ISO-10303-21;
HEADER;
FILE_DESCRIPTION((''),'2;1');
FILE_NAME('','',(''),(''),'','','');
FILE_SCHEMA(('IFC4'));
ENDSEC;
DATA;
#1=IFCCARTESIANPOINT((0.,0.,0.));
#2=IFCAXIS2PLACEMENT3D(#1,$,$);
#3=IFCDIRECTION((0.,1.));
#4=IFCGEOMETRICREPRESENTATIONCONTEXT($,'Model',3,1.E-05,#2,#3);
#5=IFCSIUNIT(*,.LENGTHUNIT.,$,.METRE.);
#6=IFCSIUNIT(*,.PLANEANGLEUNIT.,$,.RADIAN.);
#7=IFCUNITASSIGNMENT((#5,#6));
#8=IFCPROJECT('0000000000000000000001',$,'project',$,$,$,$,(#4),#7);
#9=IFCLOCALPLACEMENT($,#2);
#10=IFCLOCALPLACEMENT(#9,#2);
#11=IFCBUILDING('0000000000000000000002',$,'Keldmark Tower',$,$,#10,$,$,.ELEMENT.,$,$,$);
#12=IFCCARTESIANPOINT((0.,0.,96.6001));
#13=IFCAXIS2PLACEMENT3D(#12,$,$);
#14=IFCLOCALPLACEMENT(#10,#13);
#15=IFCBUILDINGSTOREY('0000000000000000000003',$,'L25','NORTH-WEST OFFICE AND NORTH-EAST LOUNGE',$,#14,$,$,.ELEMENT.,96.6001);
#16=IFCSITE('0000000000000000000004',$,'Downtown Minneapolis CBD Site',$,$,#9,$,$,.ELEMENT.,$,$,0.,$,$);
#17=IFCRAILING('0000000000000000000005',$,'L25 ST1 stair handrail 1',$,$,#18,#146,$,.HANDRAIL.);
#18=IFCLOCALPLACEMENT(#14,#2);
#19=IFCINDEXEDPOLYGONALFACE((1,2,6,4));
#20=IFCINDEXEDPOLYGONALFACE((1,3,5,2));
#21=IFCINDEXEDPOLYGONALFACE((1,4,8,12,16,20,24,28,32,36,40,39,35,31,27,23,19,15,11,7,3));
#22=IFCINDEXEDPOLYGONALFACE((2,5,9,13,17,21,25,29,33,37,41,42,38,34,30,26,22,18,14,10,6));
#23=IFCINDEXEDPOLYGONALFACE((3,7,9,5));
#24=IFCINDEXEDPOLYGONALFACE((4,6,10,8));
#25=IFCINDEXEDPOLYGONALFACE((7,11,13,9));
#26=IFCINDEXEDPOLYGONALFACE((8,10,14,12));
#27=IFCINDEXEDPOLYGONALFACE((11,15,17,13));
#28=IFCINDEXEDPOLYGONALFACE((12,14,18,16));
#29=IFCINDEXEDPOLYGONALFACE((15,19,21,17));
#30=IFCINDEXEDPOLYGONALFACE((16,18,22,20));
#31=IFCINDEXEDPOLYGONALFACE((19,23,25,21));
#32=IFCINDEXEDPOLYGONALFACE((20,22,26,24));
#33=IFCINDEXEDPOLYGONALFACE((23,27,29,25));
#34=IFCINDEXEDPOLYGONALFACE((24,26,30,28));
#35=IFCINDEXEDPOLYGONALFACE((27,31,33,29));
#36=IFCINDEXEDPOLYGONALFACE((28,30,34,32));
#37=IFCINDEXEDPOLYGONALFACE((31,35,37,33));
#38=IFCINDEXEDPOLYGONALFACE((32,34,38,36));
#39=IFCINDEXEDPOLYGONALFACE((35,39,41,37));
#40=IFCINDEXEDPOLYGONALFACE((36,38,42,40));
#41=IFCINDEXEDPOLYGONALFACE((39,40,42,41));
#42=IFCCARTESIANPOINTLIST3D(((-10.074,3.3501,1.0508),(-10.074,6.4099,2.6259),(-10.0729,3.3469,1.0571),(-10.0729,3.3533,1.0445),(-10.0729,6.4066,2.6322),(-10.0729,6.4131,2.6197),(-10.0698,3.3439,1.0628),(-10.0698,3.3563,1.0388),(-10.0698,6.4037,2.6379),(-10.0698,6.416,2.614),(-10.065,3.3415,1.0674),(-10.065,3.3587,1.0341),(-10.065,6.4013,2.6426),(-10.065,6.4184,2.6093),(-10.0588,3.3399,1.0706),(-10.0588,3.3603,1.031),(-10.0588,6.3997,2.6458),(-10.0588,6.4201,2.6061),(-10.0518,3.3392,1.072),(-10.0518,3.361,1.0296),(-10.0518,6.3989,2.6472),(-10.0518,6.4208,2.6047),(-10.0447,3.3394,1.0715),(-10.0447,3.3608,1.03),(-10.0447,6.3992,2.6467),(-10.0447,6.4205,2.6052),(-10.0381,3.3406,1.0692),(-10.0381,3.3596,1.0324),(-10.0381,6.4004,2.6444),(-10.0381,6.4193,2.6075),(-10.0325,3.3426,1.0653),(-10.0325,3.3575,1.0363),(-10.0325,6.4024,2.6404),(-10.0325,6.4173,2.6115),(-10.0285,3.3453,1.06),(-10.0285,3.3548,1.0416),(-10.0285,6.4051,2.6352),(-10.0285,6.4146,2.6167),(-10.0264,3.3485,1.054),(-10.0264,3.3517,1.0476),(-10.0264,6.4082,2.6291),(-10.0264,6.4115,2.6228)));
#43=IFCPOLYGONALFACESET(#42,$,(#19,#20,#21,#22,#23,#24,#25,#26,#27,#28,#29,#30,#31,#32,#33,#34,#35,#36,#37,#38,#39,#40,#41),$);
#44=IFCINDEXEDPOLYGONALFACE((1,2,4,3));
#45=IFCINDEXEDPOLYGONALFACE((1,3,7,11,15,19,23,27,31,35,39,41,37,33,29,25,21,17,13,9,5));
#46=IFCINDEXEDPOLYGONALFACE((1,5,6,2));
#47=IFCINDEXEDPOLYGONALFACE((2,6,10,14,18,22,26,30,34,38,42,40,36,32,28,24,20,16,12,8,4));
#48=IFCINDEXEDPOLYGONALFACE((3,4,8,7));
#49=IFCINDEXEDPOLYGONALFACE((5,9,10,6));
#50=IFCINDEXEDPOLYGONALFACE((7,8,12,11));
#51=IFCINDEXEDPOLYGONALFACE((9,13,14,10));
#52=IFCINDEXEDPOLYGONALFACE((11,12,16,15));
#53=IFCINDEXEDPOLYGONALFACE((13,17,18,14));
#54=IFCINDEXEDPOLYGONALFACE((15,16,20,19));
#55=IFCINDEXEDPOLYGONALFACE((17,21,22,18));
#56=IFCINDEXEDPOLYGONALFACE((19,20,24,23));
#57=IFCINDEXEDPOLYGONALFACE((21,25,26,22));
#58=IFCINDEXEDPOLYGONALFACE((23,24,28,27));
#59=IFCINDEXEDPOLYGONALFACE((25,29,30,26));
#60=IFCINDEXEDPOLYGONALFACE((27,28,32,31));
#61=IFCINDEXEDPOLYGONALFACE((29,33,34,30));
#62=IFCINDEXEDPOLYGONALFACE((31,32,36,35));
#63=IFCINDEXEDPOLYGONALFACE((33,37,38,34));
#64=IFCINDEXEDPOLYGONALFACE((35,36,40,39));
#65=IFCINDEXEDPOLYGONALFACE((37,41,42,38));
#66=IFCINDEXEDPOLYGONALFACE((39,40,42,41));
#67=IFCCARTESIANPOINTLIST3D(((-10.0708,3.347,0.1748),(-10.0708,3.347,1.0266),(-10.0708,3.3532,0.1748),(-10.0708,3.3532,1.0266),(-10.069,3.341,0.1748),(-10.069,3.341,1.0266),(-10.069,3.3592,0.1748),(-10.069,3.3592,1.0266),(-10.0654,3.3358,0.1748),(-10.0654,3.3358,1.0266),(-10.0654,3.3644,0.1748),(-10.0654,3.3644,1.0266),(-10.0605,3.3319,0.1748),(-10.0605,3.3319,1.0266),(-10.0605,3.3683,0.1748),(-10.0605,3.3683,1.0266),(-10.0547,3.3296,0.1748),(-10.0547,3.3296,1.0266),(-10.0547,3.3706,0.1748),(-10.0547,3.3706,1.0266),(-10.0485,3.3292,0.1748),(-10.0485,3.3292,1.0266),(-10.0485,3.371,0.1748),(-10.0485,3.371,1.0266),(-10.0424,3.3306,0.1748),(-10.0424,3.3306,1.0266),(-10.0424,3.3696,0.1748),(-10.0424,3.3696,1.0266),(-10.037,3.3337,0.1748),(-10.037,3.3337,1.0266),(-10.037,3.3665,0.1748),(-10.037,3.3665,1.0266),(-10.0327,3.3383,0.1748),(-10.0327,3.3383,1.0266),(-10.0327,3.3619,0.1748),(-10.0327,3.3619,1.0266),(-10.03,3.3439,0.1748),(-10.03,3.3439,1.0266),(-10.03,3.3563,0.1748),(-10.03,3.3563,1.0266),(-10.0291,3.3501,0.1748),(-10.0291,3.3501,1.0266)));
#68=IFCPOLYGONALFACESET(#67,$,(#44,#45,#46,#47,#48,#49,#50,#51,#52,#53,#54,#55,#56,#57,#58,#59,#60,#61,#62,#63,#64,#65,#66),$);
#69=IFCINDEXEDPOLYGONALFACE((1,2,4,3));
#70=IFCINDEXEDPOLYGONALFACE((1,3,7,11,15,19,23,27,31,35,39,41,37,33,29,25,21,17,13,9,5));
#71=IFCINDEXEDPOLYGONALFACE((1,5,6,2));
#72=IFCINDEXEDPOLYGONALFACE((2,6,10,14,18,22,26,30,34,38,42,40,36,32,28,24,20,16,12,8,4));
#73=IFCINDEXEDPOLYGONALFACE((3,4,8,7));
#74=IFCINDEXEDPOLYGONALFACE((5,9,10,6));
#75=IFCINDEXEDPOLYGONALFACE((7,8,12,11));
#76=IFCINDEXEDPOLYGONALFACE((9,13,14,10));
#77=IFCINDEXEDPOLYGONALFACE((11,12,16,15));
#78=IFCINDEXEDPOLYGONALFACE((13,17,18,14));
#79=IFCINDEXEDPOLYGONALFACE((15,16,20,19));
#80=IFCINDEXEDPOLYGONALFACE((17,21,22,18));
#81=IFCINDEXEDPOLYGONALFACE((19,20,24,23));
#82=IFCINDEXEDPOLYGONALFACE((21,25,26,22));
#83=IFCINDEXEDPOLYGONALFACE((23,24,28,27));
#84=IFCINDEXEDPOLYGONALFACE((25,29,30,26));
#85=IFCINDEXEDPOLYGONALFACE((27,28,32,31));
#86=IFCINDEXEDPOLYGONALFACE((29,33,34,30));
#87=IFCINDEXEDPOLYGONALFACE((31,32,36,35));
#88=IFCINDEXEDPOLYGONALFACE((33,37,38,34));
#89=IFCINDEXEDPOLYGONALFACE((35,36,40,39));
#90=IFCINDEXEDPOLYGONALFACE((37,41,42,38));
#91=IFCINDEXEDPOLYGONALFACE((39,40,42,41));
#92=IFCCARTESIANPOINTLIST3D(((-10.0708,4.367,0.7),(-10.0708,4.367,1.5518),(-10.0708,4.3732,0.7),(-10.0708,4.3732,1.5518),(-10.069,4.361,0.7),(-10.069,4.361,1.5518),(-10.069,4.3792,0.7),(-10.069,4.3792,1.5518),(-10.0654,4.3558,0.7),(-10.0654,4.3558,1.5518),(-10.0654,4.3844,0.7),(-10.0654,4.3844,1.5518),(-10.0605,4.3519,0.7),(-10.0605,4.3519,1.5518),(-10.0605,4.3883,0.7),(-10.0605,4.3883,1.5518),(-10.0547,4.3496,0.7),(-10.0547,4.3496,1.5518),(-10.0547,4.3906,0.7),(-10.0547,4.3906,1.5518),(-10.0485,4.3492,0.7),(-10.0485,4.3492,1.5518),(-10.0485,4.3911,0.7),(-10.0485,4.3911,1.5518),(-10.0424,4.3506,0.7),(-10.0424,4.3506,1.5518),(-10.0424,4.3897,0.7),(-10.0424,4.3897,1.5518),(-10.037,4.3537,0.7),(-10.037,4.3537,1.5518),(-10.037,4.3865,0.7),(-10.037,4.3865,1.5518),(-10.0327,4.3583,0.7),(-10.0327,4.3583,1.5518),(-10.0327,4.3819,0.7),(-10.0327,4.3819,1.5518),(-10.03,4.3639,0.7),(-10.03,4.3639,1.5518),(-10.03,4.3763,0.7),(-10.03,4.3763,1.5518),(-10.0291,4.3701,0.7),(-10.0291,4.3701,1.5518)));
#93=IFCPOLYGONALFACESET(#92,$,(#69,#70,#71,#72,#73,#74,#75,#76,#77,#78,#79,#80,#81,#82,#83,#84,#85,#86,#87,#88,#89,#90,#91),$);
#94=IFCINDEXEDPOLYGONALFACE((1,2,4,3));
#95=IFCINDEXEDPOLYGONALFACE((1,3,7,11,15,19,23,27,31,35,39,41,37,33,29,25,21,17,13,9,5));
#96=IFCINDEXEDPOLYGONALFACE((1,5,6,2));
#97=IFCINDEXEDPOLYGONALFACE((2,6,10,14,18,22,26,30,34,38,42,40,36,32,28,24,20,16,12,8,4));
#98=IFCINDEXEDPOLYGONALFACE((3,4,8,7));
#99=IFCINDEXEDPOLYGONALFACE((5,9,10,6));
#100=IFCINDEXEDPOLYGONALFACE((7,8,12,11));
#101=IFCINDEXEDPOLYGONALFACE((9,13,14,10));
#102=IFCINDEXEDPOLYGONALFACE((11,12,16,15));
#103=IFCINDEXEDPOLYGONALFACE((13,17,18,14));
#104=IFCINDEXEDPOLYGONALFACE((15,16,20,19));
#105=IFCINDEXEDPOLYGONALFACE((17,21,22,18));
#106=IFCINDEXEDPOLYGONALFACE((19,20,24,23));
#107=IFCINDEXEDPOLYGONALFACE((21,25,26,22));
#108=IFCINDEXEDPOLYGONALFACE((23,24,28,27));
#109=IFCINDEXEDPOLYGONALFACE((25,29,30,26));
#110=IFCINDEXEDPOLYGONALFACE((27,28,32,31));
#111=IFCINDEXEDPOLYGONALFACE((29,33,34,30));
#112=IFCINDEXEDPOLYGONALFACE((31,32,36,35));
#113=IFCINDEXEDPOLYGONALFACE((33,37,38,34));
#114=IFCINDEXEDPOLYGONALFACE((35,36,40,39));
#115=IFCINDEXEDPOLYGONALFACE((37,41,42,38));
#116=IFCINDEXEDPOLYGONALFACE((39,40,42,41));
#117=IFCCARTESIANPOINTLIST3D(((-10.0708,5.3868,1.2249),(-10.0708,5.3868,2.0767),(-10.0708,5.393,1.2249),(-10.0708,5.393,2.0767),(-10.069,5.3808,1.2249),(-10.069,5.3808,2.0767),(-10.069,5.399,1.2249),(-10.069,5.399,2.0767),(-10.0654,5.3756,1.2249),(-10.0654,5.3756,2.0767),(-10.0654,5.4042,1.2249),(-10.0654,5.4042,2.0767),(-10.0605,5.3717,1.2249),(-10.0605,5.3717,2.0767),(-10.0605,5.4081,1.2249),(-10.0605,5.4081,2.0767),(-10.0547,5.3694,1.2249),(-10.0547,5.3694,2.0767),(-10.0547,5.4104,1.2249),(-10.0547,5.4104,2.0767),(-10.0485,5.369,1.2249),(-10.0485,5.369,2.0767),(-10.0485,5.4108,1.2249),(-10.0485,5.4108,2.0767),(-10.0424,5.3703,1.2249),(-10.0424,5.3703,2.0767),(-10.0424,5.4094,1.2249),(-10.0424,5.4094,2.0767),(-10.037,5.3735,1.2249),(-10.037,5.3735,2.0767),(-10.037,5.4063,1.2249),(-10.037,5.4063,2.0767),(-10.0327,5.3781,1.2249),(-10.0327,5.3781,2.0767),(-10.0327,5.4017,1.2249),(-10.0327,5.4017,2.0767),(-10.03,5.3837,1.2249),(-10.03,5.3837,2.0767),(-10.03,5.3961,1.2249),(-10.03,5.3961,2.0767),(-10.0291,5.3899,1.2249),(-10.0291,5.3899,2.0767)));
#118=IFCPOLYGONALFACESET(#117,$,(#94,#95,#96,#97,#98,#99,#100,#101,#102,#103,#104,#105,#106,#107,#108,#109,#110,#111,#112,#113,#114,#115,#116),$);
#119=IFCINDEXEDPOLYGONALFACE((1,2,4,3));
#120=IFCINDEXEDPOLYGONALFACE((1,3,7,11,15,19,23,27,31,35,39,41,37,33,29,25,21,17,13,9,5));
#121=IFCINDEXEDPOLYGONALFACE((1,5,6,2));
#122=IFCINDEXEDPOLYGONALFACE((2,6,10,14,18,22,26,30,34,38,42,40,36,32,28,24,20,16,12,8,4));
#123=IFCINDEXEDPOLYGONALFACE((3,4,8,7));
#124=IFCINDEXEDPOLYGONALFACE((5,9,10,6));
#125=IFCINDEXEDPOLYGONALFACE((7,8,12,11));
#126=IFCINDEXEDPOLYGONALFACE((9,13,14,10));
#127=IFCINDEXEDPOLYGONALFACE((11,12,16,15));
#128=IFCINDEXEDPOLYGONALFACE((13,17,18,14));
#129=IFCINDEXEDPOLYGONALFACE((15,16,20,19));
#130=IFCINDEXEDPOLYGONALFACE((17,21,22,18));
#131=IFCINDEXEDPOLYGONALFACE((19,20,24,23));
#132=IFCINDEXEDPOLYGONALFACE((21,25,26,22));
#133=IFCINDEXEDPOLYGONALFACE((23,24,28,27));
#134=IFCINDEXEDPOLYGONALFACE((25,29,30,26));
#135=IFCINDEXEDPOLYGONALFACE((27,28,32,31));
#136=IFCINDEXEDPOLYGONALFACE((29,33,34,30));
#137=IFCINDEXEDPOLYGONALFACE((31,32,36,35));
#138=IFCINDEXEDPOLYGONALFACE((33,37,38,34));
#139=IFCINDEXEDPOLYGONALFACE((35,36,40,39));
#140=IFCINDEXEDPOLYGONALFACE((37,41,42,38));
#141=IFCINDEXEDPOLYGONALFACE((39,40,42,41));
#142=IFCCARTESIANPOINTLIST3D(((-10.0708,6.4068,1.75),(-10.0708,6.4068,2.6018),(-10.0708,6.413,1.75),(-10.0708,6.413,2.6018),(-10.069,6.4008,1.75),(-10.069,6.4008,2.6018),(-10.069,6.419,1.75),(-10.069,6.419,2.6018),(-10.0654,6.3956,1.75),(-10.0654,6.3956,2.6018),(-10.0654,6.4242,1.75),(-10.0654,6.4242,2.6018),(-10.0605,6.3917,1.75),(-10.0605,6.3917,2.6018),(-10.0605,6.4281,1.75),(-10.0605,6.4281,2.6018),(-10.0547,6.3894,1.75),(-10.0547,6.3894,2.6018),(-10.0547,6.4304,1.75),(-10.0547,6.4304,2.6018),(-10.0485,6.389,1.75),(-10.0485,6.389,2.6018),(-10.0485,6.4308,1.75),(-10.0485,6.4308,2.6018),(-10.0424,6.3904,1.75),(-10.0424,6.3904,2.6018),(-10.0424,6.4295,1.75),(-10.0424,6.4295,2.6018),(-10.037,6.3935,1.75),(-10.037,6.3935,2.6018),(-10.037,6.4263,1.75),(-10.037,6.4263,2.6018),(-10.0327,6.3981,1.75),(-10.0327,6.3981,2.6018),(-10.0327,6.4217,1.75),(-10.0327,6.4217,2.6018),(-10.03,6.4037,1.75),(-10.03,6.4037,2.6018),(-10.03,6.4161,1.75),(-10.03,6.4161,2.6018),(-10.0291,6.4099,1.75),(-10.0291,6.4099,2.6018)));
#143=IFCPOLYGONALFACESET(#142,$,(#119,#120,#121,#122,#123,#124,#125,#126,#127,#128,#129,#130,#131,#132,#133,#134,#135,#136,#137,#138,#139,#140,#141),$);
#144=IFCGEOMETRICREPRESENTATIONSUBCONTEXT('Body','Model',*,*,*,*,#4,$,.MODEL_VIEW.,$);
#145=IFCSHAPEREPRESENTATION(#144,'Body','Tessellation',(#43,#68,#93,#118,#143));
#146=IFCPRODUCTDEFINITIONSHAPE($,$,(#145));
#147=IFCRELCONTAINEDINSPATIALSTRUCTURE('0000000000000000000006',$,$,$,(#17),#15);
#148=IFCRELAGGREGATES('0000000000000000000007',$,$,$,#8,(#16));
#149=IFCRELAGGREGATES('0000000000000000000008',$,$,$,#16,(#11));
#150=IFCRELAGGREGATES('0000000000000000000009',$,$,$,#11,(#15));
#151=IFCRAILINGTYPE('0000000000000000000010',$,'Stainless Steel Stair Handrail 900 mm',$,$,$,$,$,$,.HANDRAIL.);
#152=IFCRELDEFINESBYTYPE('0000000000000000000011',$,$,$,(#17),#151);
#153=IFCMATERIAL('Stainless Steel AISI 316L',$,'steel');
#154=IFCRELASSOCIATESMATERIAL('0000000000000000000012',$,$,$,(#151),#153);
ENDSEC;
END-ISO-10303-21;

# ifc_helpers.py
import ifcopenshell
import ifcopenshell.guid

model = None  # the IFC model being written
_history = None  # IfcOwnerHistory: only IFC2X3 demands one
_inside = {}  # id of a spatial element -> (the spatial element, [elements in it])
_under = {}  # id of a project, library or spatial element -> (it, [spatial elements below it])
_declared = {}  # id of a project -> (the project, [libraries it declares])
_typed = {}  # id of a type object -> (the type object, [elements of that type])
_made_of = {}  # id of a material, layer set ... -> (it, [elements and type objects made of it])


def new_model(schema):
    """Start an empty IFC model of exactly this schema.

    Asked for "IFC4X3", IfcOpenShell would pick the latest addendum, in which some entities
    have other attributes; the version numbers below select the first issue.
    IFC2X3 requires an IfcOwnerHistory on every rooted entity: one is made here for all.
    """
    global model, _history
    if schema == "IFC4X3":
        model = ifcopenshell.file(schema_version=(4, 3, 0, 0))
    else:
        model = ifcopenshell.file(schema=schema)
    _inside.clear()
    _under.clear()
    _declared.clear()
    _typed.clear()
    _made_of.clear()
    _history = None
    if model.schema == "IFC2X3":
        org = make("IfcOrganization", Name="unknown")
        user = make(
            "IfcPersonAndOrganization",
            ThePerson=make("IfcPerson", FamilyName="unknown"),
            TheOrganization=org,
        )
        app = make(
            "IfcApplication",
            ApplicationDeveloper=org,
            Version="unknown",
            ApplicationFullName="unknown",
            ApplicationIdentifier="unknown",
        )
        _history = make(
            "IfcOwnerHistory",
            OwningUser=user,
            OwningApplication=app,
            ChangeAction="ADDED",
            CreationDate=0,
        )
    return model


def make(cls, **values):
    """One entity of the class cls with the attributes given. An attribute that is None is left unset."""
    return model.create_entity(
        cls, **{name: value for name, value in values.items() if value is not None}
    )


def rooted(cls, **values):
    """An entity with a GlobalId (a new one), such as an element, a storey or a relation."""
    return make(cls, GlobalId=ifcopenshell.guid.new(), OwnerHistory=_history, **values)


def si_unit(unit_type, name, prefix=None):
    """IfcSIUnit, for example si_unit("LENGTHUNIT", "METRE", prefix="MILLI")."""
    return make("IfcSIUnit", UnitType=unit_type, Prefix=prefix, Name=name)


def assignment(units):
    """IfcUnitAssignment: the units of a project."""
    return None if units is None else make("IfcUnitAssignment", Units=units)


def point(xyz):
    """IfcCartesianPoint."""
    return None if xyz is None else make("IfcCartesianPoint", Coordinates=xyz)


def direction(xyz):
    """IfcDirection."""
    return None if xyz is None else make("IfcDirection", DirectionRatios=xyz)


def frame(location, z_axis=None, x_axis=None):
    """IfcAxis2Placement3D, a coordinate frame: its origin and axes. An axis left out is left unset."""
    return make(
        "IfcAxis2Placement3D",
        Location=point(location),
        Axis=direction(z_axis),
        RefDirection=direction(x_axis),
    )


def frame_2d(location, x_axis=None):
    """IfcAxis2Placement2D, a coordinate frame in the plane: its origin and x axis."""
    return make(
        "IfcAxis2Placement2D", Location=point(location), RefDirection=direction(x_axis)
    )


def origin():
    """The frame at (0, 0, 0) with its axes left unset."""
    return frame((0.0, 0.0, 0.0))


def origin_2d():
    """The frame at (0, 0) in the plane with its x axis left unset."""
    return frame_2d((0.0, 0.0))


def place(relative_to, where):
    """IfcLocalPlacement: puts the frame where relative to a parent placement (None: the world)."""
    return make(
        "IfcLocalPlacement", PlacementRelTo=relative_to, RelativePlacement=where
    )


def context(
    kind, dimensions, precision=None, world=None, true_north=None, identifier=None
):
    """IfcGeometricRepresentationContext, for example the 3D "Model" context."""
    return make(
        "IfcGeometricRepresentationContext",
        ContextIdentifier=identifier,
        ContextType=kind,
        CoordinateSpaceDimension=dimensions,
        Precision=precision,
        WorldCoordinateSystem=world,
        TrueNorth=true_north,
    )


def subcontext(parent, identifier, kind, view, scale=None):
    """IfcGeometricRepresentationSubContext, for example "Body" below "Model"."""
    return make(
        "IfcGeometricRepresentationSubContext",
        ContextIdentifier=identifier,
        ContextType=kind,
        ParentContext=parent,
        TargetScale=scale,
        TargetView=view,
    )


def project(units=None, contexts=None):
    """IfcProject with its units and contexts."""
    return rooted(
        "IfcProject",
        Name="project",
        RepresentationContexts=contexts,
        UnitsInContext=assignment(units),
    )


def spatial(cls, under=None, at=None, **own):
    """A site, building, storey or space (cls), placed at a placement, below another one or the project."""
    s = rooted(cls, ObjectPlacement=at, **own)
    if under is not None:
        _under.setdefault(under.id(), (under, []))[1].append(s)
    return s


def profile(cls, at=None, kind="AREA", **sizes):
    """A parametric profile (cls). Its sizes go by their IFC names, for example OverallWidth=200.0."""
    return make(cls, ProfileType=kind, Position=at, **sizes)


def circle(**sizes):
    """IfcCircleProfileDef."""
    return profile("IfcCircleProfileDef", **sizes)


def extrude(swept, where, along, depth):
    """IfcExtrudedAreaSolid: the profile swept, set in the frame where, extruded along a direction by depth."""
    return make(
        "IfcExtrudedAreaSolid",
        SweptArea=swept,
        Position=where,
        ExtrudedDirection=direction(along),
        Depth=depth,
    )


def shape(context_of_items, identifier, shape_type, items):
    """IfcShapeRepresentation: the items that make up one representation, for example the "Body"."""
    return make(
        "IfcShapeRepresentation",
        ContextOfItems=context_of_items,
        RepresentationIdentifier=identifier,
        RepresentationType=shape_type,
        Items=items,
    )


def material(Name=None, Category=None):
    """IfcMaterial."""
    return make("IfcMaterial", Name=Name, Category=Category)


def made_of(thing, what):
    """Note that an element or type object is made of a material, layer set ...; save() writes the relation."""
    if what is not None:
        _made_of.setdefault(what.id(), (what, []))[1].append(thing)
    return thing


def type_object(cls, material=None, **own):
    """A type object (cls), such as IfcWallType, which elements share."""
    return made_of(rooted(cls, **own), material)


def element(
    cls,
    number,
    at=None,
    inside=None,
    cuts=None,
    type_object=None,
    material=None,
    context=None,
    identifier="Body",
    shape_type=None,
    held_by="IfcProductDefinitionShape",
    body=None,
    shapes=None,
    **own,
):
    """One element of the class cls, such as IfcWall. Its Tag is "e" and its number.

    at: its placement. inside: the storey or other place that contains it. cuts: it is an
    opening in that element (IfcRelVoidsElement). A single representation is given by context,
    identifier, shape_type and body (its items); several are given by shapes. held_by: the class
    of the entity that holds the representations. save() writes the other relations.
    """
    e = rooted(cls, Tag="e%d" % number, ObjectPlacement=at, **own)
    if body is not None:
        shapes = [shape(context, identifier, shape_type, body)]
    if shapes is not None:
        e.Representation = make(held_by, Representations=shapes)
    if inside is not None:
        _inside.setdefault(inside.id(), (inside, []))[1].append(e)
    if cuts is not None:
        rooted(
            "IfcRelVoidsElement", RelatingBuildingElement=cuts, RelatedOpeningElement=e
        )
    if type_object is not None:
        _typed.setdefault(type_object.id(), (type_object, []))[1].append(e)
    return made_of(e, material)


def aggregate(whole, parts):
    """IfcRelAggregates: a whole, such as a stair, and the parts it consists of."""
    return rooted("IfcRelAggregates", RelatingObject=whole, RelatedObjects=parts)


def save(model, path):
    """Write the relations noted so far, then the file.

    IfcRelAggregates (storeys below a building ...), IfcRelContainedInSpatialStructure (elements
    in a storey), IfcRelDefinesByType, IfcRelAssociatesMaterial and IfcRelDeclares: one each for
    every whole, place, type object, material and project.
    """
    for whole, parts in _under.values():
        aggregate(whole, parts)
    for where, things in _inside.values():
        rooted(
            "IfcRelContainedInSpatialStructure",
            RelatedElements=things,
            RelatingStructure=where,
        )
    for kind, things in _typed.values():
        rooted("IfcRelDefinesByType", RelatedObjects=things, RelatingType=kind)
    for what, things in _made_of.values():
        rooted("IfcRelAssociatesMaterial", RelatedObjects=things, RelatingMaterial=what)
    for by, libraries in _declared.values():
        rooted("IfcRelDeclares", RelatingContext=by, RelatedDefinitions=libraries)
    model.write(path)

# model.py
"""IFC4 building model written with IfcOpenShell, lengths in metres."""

from ifc_helpers import new_model, si_unit, direction, frame, origin, origin_2d, place, context, subcontext, project, spatial, circle, extrude, material, type_object, element, save


model = new_model("IFC4")

# Units and contexts
model_context = context("Model", 3, precision=1e-05, world=origin(), true_north=direction((0.0, 1.0)))
body_context = subcontext(model_context, "Body", "Model", "MODEL_VIEW")
ifc_project = project(units=[si_unit("LENGTHUNIT", "METRE"), si_unit("PLANEANGLEUNIT", "RADIAN")], contexts=[model_context])

# Site, building, storey
site_placement = place(None, origin())
site = spatial("IfcSite", under=ifc_project, at=site_placement, Name="Downtown Minneapolis CBD Site", CompositionType="ELEMENT", RefElevation=0.0)
building_placement = place(site_placement, origin())
building = spatial("IfcBuilding", under=site, at=building_placement, Name="Keldmark Tower", CompositionType="ELEMENT")
storey_placement = place(building_placement, frame((0.0, 0.0, 96.6001)))
storey = spatial("IfcBuildingStorey", under=building, at=storey_placement, Name="L25", Description="NORTH-WEST OFFICE AND NORTH-EAST LOUNGE", CompositionType="ELEMENT", Elevation=96.6001)

# Railing
ifc_material_1 = material(Name="Stainless Steel AISI 316L", Category="steel")
railing_type_1 = type_object("IfcRailingType", Name="Stainless Steel Stair Handrail 900 mm", PredefinedType="HANDRAIL", material=ifc_material_1)
railing_1_placement = place(storey_placement, frame((-10.05, 3.3501, 0.1748)))
element("IfcRailing", 1, at=railing_1_placement, inside=storey, type_object=railing_type_1, Name="L25 ST1 stair handrail 1", PredefinedType="HANDRAIL", context=body_context, shape_type="SweptSolid", body=[
    extrude(circle(Radius=0.0239, at=origin_2d()), frame((0.0, 0.0, 0.876), z_axis=(0.0, 0.889101, 0.45771), x_axis=(-1.0, 0.0, 0.0)), (0.0, 0.0, 1.0), 3.4414),
    extrude(circle(Radius=0.021, at=origin_2d()), origin(), (0.0, 0.0, 1.0), 0.8518),
    extrude(circle(Radius=0.021, at=origin_2d()), frame((0.0, 1.02, 0.5251)), (0.0, 0.0, 1.0), 0.8518),
    extrude(circle(Radius=0.021, at=origin_2d()), frame((0.0, 2.0398, 1.05)), (0.0, 0.0, 1.0), 0.8518),
    extrude(circle(Radius=0.021, at=origin_2d()), frame((0.0, 3.0598, 1.5752)), (0.0, 0.0, 1.0), 0.8518),
])

save(model, "model.ifc")
